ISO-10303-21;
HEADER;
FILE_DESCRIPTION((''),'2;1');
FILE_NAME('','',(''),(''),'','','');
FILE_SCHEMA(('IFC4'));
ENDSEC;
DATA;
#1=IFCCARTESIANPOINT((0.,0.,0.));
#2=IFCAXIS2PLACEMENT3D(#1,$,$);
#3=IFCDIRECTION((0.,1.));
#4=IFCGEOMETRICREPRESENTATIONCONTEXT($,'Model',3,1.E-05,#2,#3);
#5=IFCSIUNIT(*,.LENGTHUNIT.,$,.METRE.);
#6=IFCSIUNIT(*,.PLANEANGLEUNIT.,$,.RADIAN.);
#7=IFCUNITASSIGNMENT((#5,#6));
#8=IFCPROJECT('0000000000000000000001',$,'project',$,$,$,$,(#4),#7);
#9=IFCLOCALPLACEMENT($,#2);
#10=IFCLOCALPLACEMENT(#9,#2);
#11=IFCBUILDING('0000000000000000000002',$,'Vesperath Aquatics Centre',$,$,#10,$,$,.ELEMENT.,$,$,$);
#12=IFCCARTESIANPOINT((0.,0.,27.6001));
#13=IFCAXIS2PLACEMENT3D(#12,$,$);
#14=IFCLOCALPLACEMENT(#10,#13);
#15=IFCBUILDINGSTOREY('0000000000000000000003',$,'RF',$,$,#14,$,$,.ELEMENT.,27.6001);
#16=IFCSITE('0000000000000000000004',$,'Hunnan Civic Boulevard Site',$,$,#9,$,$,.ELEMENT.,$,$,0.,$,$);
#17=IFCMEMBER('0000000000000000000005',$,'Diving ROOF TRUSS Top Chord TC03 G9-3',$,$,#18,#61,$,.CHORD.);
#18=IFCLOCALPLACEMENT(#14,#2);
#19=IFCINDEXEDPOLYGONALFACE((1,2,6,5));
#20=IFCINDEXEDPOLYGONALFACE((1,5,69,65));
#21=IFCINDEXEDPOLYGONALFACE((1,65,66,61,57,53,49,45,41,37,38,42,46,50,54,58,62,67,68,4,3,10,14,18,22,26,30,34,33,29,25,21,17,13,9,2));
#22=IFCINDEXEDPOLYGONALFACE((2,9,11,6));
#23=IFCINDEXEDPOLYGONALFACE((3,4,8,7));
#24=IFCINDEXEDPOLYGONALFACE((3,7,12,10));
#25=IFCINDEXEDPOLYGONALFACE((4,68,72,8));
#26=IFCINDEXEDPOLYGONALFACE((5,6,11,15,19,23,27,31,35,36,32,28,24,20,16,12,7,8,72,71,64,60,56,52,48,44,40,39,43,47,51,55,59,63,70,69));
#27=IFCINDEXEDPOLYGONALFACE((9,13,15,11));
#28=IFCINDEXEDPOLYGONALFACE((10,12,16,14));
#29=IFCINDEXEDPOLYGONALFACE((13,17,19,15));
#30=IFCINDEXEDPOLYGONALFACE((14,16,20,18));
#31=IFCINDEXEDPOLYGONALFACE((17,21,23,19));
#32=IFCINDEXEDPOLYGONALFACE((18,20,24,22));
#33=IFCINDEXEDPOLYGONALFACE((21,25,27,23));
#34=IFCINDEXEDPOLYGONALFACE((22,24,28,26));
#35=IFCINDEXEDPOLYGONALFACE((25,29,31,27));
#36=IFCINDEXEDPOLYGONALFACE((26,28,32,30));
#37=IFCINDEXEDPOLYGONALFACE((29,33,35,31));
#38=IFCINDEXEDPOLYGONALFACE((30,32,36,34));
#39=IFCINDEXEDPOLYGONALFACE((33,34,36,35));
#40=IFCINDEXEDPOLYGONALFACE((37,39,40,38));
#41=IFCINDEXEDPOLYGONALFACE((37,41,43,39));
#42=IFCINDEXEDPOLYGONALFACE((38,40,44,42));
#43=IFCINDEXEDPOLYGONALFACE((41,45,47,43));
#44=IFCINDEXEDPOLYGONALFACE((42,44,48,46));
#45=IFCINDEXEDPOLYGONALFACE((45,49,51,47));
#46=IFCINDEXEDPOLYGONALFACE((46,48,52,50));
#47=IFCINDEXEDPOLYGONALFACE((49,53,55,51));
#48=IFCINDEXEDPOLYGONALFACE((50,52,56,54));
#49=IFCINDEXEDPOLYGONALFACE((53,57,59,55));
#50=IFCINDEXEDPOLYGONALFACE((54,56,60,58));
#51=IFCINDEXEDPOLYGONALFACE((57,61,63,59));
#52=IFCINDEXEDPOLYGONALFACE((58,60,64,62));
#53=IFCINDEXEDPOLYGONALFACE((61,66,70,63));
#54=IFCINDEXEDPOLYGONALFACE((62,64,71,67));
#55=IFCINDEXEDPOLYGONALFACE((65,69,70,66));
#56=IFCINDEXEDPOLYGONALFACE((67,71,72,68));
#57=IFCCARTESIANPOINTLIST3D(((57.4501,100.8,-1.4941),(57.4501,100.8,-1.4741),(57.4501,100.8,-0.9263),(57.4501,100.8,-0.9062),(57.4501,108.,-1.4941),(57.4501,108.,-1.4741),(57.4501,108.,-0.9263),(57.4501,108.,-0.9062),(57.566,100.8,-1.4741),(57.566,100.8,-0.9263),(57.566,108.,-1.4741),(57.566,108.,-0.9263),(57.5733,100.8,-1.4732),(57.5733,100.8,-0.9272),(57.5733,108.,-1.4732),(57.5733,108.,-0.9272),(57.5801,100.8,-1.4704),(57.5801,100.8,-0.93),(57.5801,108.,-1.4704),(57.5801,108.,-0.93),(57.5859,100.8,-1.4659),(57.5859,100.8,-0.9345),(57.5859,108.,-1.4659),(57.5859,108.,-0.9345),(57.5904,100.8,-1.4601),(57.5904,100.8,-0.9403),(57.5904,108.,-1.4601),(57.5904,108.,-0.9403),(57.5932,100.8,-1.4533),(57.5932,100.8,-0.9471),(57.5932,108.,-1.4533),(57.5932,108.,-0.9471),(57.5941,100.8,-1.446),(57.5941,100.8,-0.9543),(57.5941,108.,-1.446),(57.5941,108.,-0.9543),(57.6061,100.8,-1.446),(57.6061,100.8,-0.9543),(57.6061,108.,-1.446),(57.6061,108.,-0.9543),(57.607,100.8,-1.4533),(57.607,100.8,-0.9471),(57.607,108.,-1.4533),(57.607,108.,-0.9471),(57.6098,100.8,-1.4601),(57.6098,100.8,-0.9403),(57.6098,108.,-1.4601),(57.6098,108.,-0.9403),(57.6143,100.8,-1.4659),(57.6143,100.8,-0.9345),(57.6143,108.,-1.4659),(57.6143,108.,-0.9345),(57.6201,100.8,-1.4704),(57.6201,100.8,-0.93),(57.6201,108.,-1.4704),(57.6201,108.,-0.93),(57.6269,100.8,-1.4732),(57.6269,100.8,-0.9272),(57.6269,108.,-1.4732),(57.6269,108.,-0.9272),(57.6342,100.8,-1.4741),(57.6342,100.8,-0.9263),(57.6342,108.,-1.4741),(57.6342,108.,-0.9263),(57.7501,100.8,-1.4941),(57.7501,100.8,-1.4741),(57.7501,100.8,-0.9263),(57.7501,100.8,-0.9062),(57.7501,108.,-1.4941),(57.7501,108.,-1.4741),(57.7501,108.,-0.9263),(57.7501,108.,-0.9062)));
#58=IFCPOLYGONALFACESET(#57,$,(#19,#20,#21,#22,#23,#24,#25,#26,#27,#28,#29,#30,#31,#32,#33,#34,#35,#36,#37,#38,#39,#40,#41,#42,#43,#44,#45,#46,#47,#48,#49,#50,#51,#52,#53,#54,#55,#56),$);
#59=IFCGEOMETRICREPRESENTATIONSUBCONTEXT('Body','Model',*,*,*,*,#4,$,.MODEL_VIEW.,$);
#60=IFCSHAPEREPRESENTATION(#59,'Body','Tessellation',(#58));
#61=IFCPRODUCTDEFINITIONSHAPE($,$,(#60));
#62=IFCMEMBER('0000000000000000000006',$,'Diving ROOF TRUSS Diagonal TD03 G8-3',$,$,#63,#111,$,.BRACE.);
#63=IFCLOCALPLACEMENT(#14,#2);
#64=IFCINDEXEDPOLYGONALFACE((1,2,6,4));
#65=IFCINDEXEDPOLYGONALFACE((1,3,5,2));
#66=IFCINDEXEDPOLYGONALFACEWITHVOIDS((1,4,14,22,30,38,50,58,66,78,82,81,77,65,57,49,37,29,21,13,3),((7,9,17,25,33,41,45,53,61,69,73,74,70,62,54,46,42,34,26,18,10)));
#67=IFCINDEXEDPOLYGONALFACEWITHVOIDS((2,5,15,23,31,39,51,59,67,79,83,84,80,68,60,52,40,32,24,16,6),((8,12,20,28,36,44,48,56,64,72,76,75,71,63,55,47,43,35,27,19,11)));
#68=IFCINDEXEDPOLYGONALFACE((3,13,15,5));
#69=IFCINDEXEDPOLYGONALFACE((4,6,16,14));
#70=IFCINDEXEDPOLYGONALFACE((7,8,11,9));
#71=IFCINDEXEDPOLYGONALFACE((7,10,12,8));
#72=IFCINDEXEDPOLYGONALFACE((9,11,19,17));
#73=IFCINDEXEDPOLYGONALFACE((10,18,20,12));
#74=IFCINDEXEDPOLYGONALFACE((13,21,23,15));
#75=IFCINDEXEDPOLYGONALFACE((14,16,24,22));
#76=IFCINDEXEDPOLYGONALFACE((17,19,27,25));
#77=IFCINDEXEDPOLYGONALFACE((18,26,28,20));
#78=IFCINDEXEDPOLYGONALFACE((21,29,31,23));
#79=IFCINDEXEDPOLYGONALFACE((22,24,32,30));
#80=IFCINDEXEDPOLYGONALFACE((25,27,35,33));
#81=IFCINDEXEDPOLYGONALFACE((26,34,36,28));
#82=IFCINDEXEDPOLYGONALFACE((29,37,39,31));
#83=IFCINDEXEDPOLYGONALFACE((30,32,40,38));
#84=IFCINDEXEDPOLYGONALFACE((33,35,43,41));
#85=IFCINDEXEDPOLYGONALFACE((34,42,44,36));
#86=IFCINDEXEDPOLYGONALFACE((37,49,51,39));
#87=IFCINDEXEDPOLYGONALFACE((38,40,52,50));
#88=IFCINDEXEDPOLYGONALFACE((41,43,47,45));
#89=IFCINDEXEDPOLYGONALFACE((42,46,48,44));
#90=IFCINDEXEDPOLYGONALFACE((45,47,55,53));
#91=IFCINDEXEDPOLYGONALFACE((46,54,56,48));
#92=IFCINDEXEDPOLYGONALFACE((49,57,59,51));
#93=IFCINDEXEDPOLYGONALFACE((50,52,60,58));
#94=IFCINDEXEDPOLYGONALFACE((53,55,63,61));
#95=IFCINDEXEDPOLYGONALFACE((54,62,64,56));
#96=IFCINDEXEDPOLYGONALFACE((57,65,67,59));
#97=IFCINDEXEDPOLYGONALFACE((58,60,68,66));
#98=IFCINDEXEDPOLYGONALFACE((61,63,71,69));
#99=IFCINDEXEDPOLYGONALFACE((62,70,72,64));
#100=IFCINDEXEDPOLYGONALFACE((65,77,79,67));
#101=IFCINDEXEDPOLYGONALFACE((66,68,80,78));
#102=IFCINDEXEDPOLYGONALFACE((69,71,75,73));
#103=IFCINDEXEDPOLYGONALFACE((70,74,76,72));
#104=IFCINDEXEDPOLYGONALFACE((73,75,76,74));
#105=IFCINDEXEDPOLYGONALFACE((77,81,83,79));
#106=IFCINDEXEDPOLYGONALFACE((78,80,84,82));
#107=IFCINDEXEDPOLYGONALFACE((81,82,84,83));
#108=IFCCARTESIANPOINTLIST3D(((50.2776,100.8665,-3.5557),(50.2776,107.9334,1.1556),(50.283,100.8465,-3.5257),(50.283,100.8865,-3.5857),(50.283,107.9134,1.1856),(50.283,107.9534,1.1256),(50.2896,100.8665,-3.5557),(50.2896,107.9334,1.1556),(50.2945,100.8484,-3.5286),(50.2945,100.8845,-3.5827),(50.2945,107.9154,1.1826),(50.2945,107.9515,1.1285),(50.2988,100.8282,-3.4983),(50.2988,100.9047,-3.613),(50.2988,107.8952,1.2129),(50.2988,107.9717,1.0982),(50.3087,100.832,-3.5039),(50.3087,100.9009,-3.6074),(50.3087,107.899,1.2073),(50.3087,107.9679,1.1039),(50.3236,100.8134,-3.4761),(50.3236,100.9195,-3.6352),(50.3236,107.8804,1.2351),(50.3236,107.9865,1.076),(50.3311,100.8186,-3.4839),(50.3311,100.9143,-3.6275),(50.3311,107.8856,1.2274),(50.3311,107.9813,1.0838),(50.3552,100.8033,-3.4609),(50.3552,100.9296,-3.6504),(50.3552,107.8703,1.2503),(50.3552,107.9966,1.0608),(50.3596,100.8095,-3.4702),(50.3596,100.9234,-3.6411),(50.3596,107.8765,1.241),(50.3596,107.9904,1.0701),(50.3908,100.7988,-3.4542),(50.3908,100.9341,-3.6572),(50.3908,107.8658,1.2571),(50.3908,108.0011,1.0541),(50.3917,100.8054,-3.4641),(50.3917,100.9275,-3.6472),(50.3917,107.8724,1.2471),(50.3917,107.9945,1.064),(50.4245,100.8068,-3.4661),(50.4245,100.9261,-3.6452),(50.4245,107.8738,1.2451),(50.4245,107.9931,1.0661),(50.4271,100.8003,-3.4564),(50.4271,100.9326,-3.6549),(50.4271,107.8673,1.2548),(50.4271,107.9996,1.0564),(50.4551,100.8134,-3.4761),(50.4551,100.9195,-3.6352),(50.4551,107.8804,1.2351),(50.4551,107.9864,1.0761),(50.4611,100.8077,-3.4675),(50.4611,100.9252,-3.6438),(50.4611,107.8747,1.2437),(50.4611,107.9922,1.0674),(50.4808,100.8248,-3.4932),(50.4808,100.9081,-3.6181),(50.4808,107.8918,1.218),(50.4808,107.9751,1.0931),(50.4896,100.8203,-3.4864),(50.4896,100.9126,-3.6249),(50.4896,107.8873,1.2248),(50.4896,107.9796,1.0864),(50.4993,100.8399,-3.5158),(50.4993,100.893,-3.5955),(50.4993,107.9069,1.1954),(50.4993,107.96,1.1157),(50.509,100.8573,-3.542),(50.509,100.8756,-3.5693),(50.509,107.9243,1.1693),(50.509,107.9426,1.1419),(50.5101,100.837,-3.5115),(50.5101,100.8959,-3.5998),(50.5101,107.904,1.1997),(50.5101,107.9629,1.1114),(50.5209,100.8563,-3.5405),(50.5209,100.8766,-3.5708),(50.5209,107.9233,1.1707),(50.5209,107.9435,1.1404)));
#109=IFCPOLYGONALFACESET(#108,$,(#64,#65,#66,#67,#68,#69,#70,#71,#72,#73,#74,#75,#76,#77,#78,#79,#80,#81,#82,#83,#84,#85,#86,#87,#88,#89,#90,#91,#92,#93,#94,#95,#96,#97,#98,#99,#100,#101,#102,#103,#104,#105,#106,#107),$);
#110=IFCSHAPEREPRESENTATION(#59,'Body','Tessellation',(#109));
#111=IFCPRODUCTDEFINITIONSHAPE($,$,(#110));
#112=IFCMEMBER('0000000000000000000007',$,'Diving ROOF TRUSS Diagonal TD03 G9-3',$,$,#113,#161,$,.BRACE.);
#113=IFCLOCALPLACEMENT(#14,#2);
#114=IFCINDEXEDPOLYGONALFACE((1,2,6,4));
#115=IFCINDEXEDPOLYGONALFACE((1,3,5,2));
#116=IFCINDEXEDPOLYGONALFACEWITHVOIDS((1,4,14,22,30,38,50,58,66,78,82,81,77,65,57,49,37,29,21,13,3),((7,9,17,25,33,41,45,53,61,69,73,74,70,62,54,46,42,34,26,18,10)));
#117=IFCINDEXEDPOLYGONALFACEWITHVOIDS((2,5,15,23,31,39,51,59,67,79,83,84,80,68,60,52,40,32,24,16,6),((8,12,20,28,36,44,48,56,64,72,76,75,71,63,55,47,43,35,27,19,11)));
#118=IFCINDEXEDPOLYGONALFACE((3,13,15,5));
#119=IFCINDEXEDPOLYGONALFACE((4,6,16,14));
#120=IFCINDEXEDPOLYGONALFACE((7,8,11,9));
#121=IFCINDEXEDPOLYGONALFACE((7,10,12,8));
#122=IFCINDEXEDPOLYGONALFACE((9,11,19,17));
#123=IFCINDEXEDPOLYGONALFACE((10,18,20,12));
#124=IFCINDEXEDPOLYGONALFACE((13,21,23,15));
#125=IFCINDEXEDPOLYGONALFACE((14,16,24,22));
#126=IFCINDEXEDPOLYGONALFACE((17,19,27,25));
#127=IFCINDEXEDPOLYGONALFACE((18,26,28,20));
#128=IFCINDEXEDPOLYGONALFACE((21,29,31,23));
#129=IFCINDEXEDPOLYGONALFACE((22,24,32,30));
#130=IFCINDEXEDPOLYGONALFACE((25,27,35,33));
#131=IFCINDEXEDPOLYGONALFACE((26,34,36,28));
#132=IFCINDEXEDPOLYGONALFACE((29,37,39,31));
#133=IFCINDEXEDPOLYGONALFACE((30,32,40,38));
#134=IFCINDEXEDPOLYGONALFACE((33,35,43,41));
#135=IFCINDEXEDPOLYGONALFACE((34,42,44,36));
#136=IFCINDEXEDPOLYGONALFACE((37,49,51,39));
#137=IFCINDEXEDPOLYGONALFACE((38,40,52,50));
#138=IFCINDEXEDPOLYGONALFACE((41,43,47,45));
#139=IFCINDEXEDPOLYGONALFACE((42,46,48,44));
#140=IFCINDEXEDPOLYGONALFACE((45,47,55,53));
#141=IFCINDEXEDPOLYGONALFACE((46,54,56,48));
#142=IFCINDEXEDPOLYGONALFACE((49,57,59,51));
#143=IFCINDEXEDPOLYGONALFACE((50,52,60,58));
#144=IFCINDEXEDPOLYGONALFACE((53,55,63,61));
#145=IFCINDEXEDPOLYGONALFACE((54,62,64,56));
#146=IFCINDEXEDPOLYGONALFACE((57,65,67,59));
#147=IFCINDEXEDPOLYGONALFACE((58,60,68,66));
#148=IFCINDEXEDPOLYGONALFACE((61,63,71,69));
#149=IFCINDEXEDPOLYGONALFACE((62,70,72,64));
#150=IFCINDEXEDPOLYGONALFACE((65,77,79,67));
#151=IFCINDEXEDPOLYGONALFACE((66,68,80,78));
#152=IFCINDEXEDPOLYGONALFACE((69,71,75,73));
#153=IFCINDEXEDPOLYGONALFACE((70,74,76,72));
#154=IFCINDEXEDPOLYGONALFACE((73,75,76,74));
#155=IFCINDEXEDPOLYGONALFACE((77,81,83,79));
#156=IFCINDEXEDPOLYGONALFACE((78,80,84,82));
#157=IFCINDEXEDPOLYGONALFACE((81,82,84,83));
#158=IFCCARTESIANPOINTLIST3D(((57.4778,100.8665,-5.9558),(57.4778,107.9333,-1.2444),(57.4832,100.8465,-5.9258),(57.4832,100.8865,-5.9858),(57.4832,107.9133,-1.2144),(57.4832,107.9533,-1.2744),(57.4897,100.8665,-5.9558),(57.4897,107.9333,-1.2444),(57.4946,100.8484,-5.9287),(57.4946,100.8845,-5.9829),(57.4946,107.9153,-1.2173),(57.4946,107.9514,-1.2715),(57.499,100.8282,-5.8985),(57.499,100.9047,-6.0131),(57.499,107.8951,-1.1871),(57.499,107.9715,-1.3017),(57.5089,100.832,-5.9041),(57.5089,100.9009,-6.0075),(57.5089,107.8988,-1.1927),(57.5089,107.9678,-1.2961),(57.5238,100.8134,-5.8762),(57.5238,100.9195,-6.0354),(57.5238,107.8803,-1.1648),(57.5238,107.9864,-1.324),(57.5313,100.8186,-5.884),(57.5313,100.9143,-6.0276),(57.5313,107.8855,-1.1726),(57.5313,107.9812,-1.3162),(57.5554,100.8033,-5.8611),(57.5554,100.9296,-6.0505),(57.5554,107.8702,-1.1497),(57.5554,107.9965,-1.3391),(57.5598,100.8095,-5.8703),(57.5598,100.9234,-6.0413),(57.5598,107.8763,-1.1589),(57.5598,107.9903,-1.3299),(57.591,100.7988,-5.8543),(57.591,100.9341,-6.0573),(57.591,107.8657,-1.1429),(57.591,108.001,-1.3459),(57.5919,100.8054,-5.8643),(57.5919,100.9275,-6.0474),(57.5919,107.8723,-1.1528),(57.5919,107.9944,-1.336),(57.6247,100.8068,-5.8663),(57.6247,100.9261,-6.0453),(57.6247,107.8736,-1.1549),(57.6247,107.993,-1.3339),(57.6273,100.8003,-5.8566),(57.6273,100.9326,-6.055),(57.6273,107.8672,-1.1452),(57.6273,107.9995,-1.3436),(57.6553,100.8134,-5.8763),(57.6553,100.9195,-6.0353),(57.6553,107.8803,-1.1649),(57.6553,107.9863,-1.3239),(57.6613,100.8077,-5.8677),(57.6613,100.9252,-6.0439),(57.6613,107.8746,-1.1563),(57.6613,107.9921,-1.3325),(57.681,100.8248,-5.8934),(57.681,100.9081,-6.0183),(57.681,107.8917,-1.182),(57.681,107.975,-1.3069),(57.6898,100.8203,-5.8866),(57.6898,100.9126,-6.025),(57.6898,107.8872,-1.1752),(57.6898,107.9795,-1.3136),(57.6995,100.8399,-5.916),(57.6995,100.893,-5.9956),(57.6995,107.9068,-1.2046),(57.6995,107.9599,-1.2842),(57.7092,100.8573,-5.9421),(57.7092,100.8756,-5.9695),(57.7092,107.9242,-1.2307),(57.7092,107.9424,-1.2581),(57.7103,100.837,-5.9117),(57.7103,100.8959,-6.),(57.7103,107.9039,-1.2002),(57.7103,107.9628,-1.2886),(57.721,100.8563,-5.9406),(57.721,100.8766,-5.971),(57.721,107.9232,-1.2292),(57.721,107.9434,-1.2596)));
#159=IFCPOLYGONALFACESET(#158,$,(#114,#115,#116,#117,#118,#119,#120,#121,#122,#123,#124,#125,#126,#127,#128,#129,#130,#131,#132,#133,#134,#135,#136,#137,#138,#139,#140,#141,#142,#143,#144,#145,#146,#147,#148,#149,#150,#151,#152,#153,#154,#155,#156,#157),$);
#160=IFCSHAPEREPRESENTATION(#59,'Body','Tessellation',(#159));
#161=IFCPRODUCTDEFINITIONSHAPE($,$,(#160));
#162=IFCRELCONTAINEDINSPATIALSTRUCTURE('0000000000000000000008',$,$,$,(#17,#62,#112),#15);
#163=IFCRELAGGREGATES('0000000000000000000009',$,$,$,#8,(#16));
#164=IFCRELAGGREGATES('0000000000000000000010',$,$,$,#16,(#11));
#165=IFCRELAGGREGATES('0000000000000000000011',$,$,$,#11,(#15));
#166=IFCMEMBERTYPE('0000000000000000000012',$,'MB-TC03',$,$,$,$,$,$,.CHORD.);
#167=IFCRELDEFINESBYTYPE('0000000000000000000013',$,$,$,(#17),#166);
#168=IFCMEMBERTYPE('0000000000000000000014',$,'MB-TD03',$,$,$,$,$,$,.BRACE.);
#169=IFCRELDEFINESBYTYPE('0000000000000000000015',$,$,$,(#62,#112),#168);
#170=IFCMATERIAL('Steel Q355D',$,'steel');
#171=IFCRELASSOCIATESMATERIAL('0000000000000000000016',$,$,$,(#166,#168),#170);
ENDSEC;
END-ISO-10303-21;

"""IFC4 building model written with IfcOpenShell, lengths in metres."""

from ifc_helpers import new_model, si_unit, direction, frame, origin, origin_2d, place, context, subcontext, project, spatial, hollow_circle, i_section, extrude, material, material_profile, profile_set, type_object, element, save


model = new_model("IFC4")

# Units and contexts
model_context = context("Model", 3, precision=1e-05, world=origin(), true_north=direction((0.0, 1.0)))
body_context = subcontext(model_context, "Body", "Model", "MODEL_VIEW")
ifc_project = project(units=[si_unit("LENGTHUNIT", "METRE"), si_unit("PLANEANGLEUNIT", "RADIAN")], contexts=[model_context])

# Site, building, storey
site_placement = place(None, origin())
site = spatial("IfcSite", under=ifc_project, at=site_placement, Name="Hunnan Civic Boulevard Site", CompositionType="ELEMENT", RefElevation=0.0)
building_placement = place(site_placement, origin())
building = spatial("IfcBuilding", under=site, at=building_placement, Name="Vesperath Aquatics Centre", CompositionType="ELEMENT")
storey_placement = place(building_placement, frame((0.0, 0.0, 27.6001)))
storey = spatial("IfcBuildingStorey", under=building, at=storey_placement, Name="RF", CompositionType="ELEMENT", Elevation=27.6001)

# Members
ifc_material_1 = material(Name="Steel Q355D", Category="steel")
ifc_material_profile_1 = material_profile(ifc_material_1, i_section(OverallWidth=0.3, OverallDepth=0.5879, WebThickness=0.012, FlangeThickness=0.02, FilletRadius=0.0281, at=origin_2d()), Name="HM 588x300x12x20")
ifc_profile_set_1 = profile_set([ifc_material_profile_1], Name="Steel Q355D")
member_type_1 = type_object("IfcMemberType", Name="MB-TC03", PredefinedType="CHORD", material=ifc_profile_set_1)
for number, where, z_axis, x_axis, name in (
    (1, (57.6001, 100.8, -1.2002), (0.0, 1.0, 0.0), (-1.0, 0.0, 0.0), "Diving ROOF TRUSS Top Chord TC03 G9-3"),
):
    element("IfcMember", number, at=place(storey_placement, frame(where, z_axis=z_axis, x_axis=x_axis)), inside=storey, type_object=member_type_1, Name=name, PredefinedType="CHORD", context=body_context, shape_type="SweptSolid", body=[
        extrude(i_section(OverallWidth=0.3, OverallDepth=0.5879, WebThickness=0.012, FlangeThickness=0.02, FilletRadius=0.0281, at=origin_2d()), origin(), (0.0, 0.0, 1.0), 7.2),
    ])
ifc_material_profile_2 = material_profile(ifc_material_1, hollow_circle(Radius=0.1223, WallThickness=0.012, at=origin_2d()), Name="CHS 244.5x12")
ifc_profile_set_2 = profile_set([ifc_material_profile_2], Name="Steel Q355D")
member_type_2 = type_object("IfcMemberType", Name="MB-TD03", PredefinedType="BRACE", material=ifc_profile_set_2)
for number, where, z_axis, x_axis, name in (
    (2, (50.3999, 100.8665, -3.5557), (0.0, 0.832055, 0.554694), (-1.0, 0.0, 0.0), "Diving ROOF TRUSS Diagonal TD03 G8-3"),
    (3, (57.6001, 100.8665, -5.9558), (0.0, 0.832041, 0.554713), (-1.0, 0.0, 0.0), "Diving ROOF TRUSS Diagonal TD03 G9-3"),
):
    element("IfcMember", number, at=place(storey_placement, frame(where, z_axis=z_axis, x_axis=x_axis)), inside=storey, type_object=member_type_2, Name=name, PredefinedType="BRACE", context=body_context, shape_type="SweptSolid", body=[
        extrude(hollow_circle(Radius=0.1223, WallThickness=0.012, at=origin_2d()), origin(), (0.0, 0.0, 1.0), 8.4934),
    ])

save(model, "model.ifc")
